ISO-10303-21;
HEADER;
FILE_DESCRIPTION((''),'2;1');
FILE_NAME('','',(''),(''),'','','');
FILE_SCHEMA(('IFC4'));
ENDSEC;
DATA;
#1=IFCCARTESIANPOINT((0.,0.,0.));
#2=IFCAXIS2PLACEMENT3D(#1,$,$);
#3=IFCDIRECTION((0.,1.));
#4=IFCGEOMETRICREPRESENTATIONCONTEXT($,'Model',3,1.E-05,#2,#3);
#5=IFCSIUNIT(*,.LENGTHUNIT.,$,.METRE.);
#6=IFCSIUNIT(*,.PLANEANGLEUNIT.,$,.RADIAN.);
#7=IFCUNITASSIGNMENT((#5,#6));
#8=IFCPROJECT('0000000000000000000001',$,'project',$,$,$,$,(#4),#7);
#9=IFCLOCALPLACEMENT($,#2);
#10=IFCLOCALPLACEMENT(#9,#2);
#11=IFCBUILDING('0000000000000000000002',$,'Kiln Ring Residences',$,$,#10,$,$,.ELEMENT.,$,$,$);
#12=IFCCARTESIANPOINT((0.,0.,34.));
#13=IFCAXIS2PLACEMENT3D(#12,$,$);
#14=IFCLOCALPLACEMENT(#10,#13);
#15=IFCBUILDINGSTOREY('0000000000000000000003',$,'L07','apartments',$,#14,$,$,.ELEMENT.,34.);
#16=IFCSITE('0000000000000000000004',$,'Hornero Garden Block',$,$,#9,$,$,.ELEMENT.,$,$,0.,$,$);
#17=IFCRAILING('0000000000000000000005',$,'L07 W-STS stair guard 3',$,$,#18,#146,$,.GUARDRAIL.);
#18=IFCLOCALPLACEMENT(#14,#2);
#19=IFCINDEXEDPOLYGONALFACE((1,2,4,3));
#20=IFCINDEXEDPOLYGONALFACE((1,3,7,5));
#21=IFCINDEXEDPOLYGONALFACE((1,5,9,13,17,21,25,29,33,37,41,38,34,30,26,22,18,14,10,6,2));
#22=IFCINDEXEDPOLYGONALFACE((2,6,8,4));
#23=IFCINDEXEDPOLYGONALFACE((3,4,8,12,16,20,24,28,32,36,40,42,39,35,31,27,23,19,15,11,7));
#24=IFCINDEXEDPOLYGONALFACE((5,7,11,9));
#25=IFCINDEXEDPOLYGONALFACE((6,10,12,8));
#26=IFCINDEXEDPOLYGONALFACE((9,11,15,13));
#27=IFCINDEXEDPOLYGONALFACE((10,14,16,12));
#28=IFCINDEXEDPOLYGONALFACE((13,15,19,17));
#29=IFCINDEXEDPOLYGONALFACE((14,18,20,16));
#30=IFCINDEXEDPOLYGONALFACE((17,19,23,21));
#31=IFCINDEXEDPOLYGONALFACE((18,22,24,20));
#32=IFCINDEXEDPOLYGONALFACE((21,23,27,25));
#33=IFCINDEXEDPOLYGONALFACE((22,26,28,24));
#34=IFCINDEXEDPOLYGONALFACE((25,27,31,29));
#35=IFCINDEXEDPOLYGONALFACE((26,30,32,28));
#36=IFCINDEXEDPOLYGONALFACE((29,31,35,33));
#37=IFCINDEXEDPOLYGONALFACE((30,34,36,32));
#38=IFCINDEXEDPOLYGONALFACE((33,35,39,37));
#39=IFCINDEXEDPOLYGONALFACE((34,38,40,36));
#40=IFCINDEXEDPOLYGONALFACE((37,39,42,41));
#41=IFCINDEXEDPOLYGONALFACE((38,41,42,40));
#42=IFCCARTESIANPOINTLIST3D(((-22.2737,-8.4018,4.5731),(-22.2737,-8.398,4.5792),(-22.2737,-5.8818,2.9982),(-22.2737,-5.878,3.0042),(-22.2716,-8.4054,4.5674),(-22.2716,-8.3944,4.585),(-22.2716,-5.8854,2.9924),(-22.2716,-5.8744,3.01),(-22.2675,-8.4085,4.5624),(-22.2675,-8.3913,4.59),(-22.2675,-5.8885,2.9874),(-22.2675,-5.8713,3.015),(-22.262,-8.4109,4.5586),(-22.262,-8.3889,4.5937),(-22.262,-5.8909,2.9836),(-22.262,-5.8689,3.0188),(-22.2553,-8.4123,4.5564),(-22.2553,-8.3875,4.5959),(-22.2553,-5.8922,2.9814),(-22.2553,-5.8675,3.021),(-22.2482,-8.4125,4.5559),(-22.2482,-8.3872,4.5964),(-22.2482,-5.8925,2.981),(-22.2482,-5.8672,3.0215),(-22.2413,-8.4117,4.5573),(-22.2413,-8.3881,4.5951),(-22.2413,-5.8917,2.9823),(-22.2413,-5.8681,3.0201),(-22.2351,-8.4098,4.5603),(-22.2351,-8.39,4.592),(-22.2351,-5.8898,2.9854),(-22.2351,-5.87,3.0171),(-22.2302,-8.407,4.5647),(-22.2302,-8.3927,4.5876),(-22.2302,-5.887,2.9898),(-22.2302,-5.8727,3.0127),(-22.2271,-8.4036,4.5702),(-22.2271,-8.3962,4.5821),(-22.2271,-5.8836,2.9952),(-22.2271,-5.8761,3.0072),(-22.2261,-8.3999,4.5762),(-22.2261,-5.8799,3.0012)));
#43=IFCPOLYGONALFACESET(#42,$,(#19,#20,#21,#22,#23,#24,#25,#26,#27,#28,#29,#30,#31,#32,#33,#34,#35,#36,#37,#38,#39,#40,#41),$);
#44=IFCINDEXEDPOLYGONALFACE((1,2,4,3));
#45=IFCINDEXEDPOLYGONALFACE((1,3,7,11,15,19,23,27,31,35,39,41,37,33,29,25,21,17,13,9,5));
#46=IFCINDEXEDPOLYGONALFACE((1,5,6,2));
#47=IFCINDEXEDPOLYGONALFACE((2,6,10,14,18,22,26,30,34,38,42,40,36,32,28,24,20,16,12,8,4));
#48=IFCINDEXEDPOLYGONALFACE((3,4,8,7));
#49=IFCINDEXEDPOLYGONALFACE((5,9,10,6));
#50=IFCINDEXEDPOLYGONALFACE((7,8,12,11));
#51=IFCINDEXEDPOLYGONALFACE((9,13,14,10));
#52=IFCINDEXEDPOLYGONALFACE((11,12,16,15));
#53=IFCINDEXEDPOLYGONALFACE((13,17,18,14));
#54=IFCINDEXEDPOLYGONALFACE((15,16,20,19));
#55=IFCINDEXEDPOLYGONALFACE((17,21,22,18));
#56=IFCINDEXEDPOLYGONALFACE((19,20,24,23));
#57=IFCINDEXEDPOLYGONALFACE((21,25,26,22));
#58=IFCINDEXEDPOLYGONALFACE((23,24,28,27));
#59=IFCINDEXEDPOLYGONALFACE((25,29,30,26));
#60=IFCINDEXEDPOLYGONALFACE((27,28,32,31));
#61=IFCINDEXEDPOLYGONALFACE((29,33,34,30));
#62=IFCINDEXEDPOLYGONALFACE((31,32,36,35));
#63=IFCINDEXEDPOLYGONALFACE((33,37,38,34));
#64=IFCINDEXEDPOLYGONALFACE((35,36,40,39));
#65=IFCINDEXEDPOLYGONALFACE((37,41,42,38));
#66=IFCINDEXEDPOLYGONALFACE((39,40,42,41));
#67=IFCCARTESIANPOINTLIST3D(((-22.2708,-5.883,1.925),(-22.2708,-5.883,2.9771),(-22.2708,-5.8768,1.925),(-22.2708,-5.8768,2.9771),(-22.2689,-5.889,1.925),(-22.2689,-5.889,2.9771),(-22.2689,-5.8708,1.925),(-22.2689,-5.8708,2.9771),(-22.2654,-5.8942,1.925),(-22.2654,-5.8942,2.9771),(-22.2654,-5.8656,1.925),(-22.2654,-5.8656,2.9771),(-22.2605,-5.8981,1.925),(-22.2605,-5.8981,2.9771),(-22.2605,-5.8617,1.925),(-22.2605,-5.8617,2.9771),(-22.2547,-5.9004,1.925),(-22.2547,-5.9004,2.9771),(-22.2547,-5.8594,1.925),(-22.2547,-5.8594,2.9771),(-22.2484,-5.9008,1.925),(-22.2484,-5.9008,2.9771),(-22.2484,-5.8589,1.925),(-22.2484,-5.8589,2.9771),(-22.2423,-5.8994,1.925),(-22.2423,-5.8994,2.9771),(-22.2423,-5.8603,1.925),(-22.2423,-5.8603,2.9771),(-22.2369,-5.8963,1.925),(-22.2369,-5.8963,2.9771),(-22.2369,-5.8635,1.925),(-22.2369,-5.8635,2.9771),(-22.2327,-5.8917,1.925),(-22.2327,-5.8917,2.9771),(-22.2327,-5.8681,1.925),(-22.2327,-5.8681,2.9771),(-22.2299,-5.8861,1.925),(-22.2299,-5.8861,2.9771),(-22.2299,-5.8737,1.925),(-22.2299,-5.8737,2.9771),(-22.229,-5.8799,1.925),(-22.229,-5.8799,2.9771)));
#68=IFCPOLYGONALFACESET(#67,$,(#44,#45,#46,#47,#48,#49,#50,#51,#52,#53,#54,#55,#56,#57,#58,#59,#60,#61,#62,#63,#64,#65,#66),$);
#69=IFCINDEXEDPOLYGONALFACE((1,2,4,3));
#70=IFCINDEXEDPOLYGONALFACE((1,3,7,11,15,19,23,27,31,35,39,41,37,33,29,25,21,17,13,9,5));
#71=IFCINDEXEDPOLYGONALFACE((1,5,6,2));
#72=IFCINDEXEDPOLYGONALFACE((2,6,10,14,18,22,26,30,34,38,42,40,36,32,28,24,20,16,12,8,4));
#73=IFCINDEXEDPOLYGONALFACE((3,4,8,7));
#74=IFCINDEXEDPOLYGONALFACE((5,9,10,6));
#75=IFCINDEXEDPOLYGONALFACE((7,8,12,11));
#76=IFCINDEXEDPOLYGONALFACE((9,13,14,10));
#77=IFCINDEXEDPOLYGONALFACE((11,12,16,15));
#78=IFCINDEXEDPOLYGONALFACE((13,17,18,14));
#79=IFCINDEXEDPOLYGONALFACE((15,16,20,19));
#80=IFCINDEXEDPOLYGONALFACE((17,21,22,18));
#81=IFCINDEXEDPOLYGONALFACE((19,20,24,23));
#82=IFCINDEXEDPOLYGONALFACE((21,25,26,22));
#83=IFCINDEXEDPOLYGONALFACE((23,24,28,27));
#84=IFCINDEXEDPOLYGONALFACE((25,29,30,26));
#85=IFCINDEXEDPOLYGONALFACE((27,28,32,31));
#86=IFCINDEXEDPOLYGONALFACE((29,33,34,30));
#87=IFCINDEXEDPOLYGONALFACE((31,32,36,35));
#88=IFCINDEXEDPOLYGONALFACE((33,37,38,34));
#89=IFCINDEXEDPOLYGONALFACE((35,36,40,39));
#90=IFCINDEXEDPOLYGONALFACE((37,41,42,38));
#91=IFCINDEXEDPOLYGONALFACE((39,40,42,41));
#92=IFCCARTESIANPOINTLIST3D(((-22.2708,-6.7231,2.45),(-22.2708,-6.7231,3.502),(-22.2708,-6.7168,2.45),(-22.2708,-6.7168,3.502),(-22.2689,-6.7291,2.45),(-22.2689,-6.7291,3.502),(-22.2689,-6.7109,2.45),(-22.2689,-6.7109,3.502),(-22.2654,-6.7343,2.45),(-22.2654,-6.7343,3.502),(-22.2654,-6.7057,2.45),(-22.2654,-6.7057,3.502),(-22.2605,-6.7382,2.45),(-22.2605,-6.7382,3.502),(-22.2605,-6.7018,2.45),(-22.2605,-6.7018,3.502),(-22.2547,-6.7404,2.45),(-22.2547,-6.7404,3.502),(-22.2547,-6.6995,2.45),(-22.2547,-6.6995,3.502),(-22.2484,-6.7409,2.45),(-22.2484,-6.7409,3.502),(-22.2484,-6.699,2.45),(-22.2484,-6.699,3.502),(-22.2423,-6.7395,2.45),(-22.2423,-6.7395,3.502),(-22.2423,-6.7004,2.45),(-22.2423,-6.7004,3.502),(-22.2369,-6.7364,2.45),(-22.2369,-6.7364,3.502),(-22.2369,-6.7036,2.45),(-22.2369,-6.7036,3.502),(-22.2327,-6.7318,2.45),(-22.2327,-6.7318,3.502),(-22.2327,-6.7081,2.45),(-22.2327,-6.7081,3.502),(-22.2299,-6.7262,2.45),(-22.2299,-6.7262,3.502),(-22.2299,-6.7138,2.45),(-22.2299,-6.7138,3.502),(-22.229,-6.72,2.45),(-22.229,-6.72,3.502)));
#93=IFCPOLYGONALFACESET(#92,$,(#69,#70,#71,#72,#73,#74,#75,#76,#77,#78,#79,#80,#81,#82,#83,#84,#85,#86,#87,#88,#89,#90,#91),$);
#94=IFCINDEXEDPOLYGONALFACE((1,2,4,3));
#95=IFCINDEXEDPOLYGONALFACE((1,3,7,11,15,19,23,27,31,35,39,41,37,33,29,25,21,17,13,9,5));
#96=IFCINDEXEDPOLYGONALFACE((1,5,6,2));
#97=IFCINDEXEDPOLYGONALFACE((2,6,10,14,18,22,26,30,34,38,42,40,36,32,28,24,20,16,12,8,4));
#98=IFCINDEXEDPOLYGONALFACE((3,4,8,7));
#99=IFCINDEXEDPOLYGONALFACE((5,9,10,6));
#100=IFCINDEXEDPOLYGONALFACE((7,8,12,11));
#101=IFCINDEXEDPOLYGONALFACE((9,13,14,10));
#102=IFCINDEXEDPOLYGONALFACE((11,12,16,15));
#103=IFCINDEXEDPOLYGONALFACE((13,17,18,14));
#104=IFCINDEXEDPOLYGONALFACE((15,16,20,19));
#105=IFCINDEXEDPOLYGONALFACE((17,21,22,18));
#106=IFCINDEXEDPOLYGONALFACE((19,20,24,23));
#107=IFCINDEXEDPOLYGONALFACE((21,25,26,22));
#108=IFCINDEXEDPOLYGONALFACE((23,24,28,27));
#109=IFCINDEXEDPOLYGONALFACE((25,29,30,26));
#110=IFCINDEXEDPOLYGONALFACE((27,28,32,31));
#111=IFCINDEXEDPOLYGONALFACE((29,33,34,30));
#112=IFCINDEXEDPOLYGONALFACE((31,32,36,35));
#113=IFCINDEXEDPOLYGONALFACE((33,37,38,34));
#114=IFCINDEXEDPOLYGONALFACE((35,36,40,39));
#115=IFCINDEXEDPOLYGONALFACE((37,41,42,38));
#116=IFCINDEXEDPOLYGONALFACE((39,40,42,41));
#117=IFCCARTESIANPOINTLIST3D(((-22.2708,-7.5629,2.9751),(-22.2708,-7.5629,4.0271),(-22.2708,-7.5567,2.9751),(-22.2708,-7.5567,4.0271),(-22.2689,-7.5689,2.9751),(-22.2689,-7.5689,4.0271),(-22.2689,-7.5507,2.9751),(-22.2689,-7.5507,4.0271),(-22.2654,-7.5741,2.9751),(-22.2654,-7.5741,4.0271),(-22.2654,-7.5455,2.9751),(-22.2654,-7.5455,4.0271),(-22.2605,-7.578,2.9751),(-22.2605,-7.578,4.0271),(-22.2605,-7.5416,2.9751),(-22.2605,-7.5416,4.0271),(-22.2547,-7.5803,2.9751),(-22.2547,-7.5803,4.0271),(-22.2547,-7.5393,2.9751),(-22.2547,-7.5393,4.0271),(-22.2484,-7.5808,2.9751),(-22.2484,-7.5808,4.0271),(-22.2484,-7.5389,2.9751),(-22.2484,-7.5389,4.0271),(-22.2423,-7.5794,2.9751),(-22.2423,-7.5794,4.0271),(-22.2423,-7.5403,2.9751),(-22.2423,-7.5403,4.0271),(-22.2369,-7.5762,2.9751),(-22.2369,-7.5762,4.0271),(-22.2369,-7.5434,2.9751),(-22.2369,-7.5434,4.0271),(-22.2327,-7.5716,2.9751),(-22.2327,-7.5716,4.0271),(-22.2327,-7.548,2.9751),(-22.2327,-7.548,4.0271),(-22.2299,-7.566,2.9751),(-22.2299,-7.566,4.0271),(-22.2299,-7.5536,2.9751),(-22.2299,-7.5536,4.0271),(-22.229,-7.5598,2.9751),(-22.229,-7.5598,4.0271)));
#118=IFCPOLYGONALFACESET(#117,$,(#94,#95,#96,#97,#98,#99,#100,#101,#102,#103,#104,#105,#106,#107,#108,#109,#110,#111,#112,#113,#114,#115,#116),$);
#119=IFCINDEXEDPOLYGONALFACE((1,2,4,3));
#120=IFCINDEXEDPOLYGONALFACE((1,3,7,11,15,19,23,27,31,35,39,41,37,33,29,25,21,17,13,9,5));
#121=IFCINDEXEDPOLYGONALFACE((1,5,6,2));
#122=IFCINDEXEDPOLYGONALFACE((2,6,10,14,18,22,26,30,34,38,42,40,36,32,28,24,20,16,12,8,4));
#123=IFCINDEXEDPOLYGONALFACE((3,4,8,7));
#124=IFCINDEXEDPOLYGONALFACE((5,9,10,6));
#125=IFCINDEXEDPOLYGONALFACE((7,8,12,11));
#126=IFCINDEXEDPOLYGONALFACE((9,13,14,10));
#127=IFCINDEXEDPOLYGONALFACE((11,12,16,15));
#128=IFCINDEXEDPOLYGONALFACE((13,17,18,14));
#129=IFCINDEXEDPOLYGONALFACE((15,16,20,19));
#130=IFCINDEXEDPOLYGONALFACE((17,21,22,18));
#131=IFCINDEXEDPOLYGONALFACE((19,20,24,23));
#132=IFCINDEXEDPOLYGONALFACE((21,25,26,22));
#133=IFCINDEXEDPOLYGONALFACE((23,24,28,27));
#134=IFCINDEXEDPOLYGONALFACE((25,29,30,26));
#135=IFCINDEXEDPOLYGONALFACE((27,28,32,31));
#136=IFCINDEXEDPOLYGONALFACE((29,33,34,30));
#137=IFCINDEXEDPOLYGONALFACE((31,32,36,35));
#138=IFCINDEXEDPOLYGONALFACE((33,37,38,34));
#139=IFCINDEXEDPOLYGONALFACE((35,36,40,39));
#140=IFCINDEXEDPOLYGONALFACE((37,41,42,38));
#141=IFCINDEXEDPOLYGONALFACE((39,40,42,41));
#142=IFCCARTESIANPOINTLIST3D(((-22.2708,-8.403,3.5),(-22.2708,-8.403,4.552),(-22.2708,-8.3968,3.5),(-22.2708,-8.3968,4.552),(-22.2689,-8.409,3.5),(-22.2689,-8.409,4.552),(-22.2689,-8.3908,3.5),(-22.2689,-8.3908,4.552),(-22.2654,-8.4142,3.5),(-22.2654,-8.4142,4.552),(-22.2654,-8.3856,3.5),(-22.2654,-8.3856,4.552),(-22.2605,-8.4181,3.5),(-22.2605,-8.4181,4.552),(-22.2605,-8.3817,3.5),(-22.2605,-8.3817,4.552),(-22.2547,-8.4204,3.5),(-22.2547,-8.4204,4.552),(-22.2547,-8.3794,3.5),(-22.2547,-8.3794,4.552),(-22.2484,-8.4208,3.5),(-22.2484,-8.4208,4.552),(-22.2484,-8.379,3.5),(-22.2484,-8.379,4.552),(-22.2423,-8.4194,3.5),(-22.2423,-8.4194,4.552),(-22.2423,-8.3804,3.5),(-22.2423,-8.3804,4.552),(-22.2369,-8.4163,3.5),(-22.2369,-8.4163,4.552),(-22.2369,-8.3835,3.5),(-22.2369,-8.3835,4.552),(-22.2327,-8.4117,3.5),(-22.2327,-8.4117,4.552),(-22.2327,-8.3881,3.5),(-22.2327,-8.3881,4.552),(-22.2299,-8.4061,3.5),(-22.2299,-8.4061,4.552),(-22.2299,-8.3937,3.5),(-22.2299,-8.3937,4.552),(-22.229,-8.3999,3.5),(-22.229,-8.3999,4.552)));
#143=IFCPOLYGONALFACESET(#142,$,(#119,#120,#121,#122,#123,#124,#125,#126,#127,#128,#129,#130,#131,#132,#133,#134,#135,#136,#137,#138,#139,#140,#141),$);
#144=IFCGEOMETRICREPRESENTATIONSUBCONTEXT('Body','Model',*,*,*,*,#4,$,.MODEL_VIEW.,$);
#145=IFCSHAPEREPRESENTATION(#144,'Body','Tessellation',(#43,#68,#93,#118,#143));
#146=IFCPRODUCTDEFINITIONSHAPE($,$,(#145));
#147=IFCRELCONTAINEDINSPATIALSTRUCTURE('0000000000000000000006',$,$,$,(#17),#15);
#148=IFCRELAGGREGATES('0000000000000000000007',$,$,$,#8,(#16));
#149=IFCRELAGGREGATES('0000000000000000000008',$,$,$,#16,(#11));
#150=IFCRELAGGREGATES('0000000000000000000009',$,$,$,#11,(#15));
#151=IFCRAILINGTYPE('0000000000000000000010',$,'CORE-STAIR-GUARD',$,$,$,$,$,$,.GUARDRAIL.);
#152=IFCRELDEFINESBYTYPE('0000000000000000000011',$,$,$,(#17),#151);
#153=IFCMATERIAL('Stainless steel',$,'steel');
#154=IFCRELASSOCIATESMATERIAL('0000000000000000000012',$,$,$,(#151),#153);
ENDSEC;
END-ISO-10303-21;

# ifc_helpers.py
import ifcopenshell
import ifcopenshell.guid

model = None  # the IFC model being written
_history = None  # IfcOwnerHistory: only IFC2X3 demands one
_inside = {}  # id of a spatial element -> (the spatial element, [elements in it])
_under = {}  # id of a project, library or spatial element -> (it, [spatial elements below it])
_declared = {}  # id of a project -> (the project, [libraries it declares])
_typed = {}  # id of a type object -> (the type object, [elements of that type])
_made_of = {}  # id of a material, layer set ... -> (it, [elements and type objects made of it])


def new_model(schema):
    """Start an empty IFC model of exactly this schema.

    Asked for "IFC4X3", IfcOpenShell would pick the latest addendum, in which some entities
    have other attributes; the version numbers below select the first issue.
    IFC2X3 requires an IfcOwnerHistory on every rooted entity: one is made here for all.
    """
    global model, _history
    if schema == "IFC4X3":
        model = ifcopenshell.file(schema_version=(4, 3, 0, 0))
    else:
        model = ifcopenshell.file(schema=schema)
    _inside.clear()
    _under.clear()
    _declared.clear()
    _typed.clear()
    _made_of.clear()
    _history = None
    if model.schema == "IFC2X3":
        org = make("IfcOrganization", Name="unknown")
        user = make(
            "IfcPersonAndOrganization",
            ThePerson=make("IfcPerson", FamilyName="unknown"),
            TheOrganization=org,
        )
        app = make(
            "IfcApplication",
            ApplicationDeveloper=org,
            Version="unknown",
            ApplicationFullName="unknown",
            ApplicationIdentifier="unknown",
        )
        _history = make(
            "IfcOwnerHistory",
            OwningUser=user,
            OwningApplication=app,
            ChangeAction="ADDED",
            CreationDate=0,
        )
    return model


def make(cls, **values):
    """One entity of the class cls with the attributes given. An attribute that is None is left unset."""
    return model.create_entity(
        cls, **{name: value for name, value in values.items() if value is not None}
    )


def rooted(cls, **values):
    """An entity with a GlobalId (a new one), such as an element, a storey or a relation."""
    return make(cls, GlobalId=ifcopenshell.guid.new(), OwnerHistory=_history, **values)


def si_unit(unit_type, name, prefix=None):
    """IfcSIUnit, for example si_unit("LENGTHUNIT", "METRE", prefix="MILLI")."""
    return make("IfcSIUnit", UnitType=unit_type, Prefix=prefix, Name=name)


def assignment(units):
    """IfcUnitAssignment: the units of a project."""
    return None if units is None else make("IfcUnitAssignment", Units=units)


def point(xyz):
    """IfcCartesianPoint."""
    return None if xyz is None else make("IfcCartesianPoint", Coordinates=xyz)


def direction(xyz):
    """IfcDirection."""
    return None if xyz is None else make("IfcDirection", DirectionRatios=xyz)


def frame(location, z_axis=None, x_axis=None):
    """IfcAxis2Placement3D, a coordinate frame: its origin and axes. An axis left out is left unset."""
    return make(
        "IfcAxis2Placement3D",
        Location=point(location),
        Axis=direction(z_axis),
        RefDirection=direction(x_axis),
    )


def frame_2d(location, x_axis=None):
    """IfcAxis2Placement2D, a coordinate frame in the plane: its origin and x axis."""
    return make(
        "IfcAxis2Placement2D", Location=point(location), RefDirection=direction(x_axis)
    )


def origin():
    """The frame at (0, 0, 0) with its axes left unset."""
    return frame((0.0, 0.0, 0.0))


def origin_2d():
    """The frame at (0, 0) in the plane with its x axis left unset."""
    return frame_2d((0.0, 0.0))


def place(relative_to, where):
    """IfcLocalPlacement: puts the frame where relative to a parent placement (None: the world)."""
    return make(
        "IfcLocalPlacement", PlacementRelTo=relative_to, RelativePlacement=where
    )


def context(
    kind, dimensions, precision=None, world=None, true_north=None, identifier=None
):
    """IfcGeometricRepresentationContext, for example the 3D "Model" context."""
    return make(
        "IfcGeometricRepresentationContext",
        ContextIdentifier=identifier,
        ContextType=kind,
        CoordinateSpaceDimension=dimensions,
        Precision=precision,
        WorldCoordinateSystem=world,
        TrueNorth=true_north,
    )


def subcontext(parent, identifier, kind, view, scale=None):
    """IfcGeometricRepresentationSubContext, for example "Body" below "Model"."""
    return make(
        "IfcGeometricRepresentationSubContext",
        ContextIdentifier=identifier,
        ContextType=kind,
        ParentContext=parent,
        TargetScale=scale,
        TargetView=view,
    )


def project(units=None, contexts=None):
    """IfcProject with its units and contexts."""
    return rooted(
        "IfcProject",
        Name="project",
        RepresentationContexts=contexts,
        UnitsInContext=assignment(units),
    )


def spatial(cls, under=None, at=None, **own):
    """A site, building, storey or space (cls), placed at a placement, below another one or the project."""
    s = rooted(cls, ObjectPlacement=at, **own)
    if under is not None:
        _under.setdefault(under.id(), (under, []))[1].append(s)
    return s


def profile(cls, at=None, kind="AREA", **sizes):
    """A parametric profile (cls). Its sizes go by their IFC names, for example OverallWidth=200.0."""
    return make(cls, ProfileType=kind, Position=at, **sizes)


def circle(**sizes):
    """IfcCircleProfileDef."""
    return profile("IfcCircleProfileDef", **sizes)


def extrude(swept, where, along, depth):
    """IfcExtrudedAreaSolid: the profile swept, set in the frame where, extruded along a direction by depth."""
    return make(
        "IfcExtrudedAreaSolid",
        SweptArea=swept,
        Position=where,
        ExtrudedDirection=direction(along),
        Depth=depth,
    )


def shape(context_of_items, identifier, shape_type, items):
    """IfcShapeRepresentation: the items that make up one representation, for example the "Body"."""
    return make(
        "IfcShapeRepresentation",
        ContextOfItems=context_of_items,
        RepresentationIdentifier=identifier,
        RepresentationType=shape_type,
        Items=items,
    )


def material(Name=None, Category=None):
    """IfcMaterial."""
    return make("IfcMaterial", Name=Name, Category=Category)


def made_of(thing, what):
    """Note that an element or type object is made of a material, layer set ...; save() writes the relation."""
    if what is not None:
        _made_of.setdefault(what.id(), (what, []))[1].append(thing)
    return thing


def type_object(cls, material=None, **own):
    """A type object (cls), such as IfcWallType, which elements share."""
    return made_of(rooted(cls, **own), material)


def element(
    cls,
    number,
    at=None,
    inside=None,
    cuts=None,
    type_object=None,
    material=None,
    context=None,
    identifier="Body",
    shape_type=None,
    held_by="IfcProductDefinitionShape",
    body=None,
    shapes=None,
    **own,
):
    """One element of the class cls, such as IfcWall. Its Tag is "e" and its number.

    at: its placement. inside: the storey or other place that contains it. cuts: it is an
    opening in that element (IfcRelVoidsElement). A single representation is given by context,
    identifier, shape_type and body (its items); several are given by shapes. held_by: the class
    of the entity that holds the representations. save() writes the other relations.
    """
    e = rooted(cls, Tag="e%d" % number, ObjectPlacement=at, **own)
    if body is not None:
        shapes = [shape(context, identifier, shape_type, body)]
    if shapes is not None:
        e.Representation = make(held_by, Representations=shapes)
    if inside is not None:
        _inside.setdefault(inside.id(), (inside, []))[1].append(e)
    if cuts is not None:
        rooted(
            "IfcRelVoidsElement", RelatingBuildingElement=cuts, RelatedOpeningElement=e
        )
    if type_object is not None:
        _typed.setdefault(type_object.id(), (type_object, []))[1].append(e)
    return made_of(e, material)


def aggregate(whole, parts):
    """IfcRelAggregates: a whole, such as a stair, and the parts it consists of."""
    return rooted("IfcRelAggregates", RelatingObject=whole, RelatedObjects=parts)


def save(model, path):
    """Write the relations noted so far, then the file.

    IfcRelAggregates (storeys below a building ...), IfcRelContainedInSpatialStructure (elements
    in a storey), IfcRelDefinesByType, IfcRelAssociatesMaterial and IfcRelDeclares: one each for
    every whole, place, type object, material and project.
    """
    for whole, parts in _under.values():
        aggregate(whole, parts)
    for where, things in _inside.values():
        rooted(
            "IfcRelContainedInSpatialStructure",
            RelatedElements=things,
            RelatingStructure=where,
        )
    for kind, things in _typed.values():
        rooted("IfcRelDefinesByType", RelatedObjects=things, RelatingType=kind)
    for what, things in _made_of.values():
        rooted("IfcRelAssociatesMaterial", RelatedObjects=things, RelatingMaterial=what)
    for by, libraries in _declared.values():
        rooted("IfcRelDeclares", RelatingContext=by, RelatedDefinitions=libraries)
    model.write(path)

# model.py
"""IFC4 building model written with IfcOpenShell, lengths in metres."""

from ifc_helpers import new_model, si_unit, direction, frame, origin, origin_2d, place, context, subcontext, project, spatial, circle, extrude, material, type_object, element, save


model = new_model("IFC4")

# Units and contexts
model_context = context("Model", 3, precision=1e-05, world=origin(), true_north=direction((0.0, 1.0)))
body_context = subcontext(model_context, "Body", "Model", "MODEL_VIEW")
ifc_project = project(units=[si_unit("LENGTHUNIT", "METRE"), si_unit("PLANEANGLEUNIT", "RADIAN")], contexts=[model_context])

# Site, building, storey
site_placement = place(None, origin())
site = spatial("IfcSite", under=ifc_project, at=site_placement, Name="Hornero Garden Block", CompositionType="ELEMENT", RefElevation=0.0)
building_placement = place(site_placement, origin())
building = spatial("IfcBuilding", under=site, at=building_placement, Name="Kiln Ring Residences", CompositionType="ELEMENT")
storey_placement = place(building_placement, frame((0.0, 0.0, 34.0)))
storey = spatial("IfcBuildingStorey", under=building, at=storey_placement, Name="L07", Description="apartments", CompositionType="ELEMENT", Elevation=34.0)

# Railing
ifc_material_1 = material(Name="Stainless steel", Category="steel")
railing_type_1 = type_object("IfcRailingType", Name="CORE-STAIR-GUARD", PredefinedType="GUARDRAIL", material=ifc_material_1)
railing_1_placement = place(storey_placement, frame((-22.25, -5.8799, 1.925)))
element("IfcRailing", 1, at=railing_1_placement, inside=storey, type_object=railing_type_1, Name="L07 W-STS stair guard 3", PredefinedType="GUARDRAIL", context=body_context, shape_type="SweptSolid", body=[
    extrude(circle(Radius=0.0239, at=origin_2d()), frame((0.0, 0.0, 1.0762), z_axis=(0.0, -0.848008, 0.529984), x_axis=(1.0, 0.0, 0.0)), (0.0, 0.0, 1.0), 2.9717),
    extrude(circle(Radius=0.021, at=origin_2d()), origin(), (0.0, 0.0, 1.0), 1.052),
    extrude(circle(Radius=0.021, at=origin_2d()), frame((0.0, -0.8401, 0.5249)), (0.0, 0.0, 1.0), 1.052),
    extrude(circle(Radius=0.021, at=origin_2d()), frame((0.0, -1.6799, 1.05)), (0.0, 0.0, 1.0), 1.052),
    extrude(circle(Radius=0.021, at=origin_2d()), frame((0.0, -2.52, 1.575)), (0.0, 0.0, 1.0), 1.052),
])

save(model, "model.ifc")
